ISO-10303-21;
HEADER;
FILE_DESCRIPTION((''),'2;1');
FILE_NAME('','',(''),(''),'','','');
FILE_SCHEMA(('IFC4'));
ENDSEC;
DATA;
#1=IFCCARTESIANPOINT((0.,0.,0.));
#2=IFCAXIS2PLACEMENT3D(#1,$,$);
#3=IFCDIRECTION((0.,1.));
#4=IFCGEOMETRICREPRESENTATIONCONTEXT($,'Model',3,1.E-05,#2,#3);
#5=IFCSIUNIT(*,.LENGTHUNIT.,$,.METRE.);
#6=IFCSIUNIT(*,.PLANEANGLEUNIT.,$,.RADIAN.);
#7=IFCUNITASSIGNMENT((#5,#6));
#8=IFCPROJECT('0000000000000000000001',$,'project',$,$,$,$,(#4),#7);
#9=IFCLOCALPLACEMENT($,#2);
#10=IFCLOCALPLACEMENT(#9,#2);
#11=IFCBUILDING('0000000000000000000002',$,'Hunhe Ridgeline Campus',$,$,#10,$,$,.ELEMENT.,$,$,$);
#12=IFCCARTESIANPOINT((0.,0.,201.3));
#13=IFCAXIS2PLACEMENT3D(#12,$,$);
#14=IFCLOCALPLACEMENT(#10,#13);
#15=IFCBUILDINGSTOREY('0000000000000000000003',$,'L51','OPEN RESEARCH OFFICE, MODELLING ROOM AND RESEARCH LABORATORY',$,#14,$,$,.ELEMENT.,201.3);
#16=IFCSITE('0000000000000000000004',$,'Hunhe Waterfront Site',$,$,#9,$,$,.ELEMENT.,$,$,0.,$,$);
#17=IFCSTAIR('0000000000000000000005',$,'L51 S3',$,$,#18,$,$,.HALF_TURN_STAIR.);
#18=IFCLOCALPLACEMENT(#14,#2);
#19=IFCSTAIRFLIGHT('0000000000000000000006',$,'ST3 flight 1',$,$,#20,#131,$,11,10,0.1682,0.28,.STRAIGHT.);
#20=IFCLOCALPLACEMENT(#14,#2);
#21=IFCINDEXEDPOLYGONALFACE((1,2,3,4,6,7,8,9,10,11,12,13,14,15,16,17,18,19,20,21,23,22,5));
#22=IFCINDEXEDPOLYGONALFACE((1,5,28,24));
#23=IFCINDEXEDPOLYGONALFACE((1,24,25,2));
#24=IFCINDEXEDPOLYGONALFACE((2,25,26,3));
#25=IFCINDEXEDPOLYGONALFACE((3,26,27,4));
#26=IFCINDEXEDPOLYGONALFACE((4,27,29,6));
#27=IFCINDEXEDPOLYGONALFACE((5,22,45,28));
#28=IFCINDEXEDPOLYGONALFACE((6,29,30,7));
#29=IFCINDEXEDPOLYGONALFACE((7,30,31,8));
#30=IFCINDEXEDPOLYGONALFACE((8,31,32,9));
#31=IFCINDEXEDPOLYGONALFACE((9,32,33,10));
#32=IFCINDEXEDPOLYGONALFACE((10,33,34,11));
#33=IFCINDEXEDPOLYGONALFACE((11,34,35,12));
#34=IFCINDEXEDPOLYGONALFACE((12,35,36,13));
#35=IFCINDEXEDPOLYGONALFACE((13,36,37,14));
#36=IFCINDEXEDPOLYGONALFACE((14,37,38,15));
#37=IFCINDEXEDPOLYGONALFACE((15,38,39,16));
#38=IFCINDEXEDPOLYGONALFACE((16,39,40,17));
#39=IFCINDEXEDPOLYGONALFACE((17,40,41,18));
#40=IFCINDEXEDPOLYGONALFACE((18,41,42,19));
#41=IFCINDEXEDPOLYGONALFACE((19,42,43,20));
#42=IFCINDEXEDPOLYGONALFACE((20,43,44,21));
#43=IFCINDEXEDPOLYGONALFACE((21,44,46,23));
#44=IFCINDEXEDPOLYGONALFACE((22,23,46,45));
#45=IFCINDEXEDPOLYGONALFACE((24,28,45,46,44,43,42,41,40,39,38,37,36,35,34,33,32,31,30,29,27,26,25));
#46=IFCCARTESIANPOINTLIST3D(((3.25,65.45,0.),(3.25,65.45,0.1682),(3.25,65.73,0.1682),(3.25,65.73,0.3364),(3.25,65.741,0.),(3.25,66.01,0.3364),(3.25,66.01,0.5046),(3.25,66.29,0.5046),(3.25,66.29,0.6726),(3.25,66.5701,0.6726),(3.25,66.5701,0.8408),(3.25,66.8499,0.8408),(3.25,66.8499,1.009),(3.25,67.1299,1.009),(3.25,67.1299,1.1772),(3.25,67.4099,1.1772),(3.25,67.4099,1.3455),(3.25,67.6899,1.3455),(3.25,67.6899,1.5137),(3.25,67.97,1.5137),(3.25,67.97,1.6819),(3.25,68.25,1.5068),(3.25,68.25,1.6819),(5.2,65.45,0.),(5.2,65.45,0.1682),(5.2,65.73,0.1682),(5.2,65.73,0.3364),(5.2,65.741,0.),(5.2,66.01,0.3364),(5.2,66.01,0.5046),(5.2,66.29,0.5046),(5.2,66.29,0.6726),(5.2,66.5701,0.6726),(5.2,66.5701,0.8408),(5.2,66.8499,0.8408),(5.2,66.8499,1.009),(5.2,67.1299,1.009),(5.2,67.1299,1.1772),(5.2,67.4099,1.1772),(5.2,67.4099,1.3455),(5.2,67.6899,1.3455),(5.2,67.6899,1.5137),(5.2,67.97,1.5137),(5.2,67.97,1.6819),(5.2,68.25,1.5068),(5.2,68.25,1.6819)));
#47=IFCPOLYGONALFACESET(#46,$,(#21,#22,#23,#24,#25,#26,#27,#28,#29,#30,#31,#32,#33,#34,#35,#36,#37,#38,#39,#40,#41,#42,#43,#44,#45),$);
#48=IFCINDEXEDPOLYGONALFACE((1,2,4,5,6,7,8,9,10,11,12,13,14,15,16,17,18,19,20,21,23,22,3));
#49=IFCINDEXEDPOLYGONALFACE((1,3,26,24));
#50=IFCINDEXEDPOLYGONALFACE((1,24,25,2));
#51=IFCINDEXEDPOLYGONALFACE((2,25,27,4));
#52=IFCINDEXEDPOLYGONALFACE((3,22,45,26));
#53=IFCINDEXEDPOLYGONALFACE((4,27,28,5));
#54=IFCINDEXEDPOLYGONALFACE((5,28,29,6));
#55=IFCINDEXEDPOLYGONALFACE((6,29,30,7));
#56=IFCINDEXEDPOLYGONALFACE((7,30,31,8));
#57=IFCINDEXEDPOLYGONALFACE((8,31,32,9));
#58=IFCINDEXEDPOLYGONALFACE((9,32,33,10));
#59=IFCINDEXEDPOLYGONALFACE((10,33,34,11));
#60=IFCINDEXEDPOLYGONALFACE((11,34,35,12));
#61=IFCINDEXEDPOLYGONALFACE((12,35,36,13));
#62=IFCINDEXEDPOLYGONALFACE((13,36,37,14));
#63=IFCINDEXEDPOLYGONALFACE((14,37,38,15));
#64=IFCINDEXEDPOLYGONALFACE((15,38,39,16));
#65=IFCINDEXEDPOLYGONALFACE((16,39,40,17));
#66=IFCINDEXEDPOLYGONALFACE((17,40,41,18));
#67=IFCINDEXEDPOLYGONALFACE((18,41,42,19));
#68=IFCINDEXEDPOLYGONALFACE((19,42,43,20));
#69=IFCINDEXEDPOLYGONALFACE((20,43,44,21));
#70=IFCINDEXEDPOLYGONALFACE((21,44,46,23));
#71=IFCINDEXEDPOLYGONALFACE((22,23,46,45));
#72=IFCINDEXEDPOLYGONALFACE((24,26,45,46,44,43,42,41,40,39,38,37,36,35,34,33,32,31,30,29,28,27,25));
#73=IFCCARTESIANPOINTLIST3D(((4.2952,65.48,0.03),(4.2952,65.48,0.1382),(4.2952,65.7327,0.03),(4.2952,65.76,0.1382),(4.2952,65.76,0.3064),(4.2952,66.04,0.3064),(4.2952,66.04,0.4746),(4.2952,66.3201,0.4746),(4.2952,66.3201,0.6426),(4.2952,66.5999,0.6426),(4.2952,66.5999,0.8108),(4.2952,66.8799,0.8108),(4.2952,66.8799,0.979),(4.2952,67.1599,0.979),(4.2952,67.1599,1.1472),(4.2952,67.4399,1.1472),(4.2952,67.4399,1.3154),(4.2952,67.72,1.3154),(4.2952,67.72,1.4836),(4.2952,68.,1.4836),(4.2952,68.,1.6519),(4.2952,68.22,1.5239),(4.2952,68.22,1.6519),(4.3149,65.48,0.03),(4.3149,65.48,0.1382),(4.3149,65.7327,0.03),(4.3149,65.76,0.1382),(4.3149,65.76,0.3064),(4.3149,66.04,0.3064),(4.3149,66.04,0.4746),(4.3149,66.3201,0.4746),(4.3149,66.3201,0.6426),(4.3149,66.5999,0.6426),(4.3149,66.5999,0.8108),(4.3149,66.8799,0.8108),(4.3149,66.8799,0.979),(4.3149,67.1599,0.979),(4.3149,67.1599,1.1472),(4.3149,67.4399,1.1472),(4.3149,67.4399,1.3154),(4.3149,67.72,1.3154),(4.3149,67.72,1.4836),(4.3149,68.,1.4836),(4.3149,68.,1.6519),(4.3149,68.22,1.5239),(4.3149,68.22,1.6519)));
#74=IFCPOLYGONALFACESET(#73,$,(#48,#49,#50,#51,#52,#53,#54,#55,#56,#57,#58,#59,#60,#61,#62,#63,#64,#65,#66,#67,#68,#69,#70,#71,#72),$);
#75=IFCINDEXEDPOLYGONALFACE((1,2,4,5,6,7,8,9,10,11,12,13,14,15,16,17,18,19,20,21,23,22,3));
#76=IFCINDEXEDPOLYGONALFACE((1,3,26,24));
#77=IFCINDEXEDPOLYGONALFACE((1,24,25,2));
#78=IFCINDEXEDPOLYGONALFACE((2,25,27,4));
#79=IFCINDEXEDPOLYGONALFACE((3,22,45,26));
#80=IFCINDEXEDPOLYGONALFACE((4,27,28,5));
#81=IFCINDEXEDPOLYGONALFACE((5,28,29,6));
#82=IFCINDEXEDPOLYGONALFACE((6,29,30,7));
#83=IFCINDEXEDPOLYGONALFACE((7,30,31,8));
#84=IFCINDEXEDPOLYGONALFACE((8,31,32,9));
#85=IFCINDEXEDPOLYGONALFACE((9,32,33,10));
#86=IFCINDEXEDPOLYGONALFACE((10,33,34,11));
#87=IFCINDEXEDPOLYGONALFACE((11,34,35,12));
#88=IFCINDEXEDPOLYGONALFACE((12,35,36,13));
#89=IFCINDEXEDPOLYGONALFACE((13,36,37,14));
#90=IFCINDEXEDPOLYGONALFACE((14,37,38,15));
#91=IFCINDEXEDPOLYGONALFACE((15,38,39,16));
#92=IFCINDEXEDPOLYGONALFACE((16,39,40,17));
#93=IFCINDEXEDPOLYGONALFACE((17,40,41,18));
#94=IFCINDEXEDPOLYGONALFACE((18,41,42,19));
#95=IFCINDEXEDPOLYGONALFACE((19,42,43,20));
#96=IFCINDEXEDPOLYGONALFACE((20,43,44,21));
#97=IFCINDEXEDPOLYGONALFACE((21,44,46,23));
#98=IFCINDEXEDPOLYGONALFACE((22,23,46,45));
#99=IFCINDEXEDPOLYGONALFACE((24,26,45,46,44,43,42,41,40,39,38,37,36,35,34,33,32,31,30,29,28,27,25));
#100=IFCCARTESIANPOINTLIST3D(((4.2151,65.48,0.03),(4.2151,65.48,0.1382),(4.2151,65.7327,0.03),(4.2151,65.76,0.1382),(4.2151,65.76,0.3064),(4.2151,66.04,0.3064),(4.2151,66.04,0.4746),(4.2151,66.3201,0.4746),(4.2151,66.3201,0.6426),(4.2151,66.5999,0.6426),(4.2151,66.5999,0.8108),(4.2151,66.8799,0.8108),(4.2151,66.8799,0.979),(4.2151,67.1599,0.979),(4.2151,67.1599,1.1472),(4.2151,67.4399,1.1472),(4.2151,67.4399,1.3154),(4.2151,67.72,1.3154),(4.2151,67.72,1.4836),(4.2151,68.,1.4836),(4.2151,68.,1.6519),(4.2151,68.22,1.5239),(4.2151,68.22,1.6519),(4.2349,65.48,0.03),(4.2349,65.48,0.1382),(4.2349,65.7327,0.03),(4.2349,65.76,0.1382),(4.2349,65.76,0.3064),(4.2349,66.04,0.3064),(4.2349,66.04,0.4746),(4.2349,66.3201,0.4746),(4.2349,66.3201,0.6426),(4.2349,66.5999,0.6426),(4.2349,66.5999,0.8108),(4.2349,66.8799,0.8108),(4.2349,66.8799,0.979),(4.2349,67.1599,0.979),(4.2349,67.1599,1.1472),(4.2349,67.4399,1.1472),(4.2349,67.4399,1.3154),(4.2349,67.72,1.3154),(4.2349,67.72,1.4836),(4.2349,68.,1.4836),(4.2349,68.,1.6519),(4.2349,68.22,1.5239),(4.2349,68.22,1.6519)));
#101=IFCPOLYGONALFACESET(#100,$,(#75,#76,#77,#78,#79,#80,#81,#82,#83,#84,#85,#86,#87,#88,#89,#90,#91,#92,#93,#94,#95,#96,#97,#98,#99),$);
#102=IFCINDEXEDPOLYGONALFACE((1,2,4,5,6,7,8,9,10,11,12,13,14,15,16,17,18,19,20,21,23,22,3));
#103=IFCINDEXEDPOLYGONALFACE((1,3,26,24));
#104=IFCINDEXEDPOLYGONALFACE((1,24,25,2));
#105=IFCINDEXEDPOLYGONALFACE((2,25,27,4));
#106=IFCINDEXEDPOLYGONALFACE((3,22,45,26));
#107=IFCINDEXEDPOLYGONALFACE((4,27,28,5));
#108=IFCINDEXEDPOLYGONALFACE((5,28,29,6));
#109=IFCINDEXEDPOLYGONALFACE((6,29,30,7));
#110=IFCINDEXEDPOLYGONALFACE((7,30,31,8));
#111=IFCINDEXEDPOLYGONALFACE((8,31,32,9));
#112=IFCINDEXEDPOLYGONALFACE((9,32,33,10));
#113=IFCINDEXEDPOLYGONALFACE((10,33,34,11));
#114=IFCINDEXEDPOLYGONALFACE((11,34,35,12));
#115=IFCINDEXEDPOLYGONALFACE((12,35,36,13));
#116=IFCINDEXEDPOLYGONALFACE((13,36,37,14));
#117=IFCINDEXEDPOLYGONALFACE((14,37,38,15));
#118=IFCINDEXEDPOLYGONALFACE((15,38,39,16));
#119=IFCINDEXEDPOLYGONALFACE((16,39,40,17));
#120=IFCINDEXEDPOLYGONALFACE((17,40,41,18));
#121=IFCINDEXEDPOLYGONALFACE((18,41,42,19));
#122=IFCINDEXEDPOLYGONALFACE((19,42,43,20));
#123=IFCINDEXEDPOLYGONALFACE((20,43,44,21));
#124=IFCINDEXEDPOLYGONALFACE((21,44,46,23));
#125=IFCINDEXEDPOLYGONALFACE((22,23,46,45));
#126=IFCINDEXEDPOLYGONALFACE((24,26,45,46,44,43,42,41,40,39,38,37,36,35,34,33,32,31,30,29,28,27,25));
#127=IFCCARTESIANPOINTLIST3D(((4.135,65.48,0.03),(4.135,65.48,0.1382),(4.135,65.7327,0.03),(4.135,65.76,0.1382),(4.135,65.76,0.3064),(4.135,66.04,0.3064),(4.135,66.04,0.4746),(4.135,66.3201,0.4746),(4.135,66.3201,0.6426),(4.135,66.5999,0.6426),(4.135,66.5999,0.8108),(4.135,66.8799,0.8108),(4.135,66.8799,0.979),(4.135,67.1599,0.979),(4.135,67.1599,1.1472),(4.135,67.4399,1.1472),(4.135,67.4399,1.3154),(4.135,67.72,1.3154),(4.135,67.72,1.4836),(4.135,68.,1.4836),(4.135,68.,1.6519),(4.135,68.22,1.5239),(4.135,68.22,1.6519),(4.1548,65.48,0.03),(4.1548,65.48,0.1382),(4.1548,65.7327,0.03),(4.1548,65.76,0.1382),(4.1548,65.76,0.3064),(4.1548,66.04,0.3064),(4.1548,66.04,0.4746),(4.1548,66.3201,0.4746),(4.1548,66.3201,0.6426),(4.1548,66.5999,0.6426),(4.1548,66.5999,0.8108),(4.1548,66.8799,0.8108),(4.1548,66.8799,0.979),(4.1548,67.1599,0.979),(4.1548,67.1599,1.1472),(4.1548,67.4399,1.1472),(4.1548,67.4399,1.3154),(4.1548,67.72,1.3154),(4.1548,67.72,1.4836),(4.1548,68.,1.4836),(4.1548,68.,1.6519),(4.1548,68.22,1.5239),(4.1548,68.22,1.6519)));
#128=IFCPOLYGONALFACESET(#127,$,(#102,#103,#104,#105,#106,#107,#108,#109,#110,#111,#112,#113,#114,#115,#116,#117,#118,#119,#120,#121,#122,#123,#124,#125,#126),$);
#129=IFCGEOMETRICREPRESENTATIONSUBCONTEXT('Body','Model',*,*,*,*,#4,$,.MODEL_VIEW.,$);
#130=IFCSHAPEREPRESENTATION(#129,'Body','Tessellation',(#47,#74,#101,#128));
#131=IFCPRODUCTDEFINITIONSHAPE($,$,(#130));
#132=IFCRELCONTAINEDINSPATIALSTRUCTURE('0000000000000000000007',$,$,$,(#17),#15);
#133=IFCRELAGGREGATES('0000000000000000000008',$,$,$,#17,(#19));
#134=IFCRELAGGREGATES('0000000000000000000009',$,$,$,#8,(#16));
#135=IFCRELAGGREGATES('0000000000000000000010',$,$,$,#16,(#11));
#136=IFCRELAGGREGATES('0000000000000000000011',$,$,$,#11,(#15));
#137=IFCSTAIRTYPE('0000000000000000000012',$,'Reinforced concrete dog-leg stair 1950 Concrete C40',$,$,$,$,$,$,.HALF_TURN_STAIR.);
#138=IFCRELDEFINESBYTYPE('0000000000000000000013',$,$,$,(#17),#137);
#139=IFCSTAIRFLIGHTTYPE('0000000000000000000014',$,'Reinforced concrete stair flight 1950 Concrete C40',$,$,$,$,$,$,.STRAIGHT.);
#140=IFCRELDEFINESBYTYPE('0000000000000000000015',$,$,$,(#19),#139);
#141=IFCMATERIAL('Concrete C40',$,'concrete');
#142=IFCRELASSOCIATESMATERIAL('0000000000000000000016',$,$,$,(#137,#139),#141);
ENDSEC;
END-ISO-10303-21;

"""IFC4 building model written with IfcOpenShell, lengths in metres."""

from ifc_helpers import new_model, si_unit, direction, frame, origin, place, context, subcontext, project, spatial, polyline, outline, extrude, material, type_object, element, aggregate, save


model = new_model("IFC4")

# Units and contexts
model_context = context("Model", 3, precision=1e-05, world=origin(), true_north=direction((0.0, 1.0)))
body_context = subcontext(model_context, "Body", "Model", "MODEL_VIEW")
ifc_project = project(units=[si_unit("LENGTHUNIT", "METRE"), si_unit("PLANEANGLEUNIT", "RADIAN")], contexts=[model_context])

# Site, building, storey
site_placement = place(None, origin())
site = spatial("IfcSite", under=ifc_project, at=site_placement, Name="Hunhe Waterfront Site", CompositionType="ELEMENT", RefElevation=0.0)
building_placement = place(site_placement, origin())
building = spatial("IfcBuilding", under=site, at=building_placement, Name="Hunhe Ridgeline Campus", CompositionType="ELEMENT")
storey_placement = place(building_placement, frame((0.0, 0.0, 201.3)))
storey = spatial("IfcBuildingStorey", under=building, at=storey_placement, Name="L51", Description="OPEN RESEARCH OFFICE, MODELLING ROOM AND RESEARCH LABORATORY", CompositionType="ELEMENT", Elevation=201.3)

# Stair, stair flight
ifc_material_1 = material(Name="Concrete C40", Category="concrete")
stair_type = type_object("IfcStairType", Name="Reinforced concrete dog-leg stair 1950 Concrete C40", PredefinedType="HALF_TURN_STAIR", material=ifc_material_1)
stair_1_placement = place(storey_placement, origin())
stair_1 = element("IfcStair", 1, at=stair_1_placement, inside=storey, type_object=stair_type, Name="L51 S3", PredefinedType="HALF_TURN_STAIR")
stair_flight_type = type_object("IfcStairFlightType", Name="Reinforced concrete stair flight 1950 Concrete C40", PredefinedType="STRAIGHT", material=ifc_material_1)
stair_flight_1_placement = place(storey_placement, frame((4.2251, 65.45, 0.0), z_axis=(0.0, 0.0, 1.0), x_axis=(0.0, 1.0, 0.0)))
stair_flight_1 = element("IfcStairFlight", 2, at=stair_flight_1_placement, type_object=stair_flight_type, Name="ST3 flight 1", NumberOfRisers=11, NumberOfTreads=10, PredefinedType="STRAIGHT", RiserHeight=0.1682, TreadLength=0.28, context=body_context, shape_type="SweptSolid", body=[
    extrude(outline(polyline([(0.0, 0.0), (0.0, 0.1682), (0.28, 0.1682), (0.28, 0.3364), (0.5601, 0.3364), (0.5601, 0.5046), (0.8401, 0.5046), (0.8401, 0.6726), (1.1201, 0.6726), (1.1201, 0.8408), (1.3999, 0.8408), (1.3999, 1.009), (1.6799, 1.009), (1.6799, 1.1772), (1.96, 1.1772), (1.96, 1.3455), (2.24, 1.3455), (2.24, 1.5137), (2.52, 1.5137), (2.52, 1.6819), (2.8, 1.6819), (2.8, 1.8501), (2.8, 1.5068), (0.291, 0.0), (0.0, 0.0)])), frame((0.0, 0.9751, 0.0), z_axis=(0.0, -1.0, 0.0), x_axis=(1.0, 0.0, 0.0)), (0.0, 0.0, 1.0), 1.95),
    extrude(outline(polyline([(0.03, 0.03), (0.03, 0.1382), (0.3101, 0.1382), (0.3101, 0.3064), (0.5901, 0.3064), (0.5901, 0.4746), (0.8701, 0.4746), (0.8701, 0.6426), (1.1499, 0.6426), (1.1499, 0.8108), (1.4299, 0.8108), (1.4299, 0.979), (1.71, 0.979), (1.71, 1.1472), (1.99, 1.1472), (1.99, 1.3154), (2.27, 1.3154), (2.27, 1.4836), (2.55, 1.4836), (2.55, 1.6519), (2.77, 1.6519), (2.77, 1.5239), (0.2827, 0.03), (0.03, 0.03)])), frame((0.0, -0.0701, 0.0), z_axis=(0.0, -1.0, 0.0), x_axis=(1.0, 0.0, 0.0)), (0.0, 0.0, 1.0), 0.0198),
    extrude(outline(polyline([(0.03, 0.03), (0.03, 0.1382), (0.3101, 0.1382), (0.3101, 0.3064), (0.5901, 0.3064), (0.5901, 0.4746), (0.8701, 0.4746), (0.8701, 0.6426), (1.1499, 0.6426), (1.1499, 0.8108), (1.4299, 0.8108), (1.4299, 0.979), (1.71, 0.979), (1.71, 1.1472), (1.99, 1.1472), (1.99, 1.3154), (2.27, 1.3154), (2.27, 1.4836), (2.55, 1.4836), (2.55, 1.6519), (2.77, 1.6519), (2.77, 1.5239), (0.2827, 0.03), (0.03, 0.03)])), frame((0.0, 0.01, 0.0), z_axis=(0.0, -1.0, 0.0), x_axis=(1.0, 0.0, 0.0)), (0.0, 0.0, 1.0), 0.0198),
    extrude(outline(polyline([(0.03, 0.03), (0.03, 0.1382), (0.3101, 0.1382), (0.3101, 0.3064), (0.5901, 0.3064), (0.5901, 0.4746), (0.8701, 0.4746), (0.8701, 0.6426), (1.1499, 0.6426), (1.1499, 0.8108), (1.4299, 0.8108), (1.4299, 0.979), (1.71, 0.979), (1.71, 1.1472), (1.99, 1.1472), (1.99, 1.3154), (2.27, 1.3154), (2.27, 1.4836), (2.55, 1.4836), (2.55, 1.6519), (2.77, 1.6519), (2.77, 1.5239), (0.2827, 0.03), (0.03, 0.03)])), frame((0.0, 0.0901, 0.0), z_axis=(0.0, -1.0, 0.0), x_axis=(1.0, 0.0, 0.0)), (0.0, 0.0, 1.0), 0.0198),
])
aggregate(stair_1, [stair_flight_1])

save(model, "model.ifc")
